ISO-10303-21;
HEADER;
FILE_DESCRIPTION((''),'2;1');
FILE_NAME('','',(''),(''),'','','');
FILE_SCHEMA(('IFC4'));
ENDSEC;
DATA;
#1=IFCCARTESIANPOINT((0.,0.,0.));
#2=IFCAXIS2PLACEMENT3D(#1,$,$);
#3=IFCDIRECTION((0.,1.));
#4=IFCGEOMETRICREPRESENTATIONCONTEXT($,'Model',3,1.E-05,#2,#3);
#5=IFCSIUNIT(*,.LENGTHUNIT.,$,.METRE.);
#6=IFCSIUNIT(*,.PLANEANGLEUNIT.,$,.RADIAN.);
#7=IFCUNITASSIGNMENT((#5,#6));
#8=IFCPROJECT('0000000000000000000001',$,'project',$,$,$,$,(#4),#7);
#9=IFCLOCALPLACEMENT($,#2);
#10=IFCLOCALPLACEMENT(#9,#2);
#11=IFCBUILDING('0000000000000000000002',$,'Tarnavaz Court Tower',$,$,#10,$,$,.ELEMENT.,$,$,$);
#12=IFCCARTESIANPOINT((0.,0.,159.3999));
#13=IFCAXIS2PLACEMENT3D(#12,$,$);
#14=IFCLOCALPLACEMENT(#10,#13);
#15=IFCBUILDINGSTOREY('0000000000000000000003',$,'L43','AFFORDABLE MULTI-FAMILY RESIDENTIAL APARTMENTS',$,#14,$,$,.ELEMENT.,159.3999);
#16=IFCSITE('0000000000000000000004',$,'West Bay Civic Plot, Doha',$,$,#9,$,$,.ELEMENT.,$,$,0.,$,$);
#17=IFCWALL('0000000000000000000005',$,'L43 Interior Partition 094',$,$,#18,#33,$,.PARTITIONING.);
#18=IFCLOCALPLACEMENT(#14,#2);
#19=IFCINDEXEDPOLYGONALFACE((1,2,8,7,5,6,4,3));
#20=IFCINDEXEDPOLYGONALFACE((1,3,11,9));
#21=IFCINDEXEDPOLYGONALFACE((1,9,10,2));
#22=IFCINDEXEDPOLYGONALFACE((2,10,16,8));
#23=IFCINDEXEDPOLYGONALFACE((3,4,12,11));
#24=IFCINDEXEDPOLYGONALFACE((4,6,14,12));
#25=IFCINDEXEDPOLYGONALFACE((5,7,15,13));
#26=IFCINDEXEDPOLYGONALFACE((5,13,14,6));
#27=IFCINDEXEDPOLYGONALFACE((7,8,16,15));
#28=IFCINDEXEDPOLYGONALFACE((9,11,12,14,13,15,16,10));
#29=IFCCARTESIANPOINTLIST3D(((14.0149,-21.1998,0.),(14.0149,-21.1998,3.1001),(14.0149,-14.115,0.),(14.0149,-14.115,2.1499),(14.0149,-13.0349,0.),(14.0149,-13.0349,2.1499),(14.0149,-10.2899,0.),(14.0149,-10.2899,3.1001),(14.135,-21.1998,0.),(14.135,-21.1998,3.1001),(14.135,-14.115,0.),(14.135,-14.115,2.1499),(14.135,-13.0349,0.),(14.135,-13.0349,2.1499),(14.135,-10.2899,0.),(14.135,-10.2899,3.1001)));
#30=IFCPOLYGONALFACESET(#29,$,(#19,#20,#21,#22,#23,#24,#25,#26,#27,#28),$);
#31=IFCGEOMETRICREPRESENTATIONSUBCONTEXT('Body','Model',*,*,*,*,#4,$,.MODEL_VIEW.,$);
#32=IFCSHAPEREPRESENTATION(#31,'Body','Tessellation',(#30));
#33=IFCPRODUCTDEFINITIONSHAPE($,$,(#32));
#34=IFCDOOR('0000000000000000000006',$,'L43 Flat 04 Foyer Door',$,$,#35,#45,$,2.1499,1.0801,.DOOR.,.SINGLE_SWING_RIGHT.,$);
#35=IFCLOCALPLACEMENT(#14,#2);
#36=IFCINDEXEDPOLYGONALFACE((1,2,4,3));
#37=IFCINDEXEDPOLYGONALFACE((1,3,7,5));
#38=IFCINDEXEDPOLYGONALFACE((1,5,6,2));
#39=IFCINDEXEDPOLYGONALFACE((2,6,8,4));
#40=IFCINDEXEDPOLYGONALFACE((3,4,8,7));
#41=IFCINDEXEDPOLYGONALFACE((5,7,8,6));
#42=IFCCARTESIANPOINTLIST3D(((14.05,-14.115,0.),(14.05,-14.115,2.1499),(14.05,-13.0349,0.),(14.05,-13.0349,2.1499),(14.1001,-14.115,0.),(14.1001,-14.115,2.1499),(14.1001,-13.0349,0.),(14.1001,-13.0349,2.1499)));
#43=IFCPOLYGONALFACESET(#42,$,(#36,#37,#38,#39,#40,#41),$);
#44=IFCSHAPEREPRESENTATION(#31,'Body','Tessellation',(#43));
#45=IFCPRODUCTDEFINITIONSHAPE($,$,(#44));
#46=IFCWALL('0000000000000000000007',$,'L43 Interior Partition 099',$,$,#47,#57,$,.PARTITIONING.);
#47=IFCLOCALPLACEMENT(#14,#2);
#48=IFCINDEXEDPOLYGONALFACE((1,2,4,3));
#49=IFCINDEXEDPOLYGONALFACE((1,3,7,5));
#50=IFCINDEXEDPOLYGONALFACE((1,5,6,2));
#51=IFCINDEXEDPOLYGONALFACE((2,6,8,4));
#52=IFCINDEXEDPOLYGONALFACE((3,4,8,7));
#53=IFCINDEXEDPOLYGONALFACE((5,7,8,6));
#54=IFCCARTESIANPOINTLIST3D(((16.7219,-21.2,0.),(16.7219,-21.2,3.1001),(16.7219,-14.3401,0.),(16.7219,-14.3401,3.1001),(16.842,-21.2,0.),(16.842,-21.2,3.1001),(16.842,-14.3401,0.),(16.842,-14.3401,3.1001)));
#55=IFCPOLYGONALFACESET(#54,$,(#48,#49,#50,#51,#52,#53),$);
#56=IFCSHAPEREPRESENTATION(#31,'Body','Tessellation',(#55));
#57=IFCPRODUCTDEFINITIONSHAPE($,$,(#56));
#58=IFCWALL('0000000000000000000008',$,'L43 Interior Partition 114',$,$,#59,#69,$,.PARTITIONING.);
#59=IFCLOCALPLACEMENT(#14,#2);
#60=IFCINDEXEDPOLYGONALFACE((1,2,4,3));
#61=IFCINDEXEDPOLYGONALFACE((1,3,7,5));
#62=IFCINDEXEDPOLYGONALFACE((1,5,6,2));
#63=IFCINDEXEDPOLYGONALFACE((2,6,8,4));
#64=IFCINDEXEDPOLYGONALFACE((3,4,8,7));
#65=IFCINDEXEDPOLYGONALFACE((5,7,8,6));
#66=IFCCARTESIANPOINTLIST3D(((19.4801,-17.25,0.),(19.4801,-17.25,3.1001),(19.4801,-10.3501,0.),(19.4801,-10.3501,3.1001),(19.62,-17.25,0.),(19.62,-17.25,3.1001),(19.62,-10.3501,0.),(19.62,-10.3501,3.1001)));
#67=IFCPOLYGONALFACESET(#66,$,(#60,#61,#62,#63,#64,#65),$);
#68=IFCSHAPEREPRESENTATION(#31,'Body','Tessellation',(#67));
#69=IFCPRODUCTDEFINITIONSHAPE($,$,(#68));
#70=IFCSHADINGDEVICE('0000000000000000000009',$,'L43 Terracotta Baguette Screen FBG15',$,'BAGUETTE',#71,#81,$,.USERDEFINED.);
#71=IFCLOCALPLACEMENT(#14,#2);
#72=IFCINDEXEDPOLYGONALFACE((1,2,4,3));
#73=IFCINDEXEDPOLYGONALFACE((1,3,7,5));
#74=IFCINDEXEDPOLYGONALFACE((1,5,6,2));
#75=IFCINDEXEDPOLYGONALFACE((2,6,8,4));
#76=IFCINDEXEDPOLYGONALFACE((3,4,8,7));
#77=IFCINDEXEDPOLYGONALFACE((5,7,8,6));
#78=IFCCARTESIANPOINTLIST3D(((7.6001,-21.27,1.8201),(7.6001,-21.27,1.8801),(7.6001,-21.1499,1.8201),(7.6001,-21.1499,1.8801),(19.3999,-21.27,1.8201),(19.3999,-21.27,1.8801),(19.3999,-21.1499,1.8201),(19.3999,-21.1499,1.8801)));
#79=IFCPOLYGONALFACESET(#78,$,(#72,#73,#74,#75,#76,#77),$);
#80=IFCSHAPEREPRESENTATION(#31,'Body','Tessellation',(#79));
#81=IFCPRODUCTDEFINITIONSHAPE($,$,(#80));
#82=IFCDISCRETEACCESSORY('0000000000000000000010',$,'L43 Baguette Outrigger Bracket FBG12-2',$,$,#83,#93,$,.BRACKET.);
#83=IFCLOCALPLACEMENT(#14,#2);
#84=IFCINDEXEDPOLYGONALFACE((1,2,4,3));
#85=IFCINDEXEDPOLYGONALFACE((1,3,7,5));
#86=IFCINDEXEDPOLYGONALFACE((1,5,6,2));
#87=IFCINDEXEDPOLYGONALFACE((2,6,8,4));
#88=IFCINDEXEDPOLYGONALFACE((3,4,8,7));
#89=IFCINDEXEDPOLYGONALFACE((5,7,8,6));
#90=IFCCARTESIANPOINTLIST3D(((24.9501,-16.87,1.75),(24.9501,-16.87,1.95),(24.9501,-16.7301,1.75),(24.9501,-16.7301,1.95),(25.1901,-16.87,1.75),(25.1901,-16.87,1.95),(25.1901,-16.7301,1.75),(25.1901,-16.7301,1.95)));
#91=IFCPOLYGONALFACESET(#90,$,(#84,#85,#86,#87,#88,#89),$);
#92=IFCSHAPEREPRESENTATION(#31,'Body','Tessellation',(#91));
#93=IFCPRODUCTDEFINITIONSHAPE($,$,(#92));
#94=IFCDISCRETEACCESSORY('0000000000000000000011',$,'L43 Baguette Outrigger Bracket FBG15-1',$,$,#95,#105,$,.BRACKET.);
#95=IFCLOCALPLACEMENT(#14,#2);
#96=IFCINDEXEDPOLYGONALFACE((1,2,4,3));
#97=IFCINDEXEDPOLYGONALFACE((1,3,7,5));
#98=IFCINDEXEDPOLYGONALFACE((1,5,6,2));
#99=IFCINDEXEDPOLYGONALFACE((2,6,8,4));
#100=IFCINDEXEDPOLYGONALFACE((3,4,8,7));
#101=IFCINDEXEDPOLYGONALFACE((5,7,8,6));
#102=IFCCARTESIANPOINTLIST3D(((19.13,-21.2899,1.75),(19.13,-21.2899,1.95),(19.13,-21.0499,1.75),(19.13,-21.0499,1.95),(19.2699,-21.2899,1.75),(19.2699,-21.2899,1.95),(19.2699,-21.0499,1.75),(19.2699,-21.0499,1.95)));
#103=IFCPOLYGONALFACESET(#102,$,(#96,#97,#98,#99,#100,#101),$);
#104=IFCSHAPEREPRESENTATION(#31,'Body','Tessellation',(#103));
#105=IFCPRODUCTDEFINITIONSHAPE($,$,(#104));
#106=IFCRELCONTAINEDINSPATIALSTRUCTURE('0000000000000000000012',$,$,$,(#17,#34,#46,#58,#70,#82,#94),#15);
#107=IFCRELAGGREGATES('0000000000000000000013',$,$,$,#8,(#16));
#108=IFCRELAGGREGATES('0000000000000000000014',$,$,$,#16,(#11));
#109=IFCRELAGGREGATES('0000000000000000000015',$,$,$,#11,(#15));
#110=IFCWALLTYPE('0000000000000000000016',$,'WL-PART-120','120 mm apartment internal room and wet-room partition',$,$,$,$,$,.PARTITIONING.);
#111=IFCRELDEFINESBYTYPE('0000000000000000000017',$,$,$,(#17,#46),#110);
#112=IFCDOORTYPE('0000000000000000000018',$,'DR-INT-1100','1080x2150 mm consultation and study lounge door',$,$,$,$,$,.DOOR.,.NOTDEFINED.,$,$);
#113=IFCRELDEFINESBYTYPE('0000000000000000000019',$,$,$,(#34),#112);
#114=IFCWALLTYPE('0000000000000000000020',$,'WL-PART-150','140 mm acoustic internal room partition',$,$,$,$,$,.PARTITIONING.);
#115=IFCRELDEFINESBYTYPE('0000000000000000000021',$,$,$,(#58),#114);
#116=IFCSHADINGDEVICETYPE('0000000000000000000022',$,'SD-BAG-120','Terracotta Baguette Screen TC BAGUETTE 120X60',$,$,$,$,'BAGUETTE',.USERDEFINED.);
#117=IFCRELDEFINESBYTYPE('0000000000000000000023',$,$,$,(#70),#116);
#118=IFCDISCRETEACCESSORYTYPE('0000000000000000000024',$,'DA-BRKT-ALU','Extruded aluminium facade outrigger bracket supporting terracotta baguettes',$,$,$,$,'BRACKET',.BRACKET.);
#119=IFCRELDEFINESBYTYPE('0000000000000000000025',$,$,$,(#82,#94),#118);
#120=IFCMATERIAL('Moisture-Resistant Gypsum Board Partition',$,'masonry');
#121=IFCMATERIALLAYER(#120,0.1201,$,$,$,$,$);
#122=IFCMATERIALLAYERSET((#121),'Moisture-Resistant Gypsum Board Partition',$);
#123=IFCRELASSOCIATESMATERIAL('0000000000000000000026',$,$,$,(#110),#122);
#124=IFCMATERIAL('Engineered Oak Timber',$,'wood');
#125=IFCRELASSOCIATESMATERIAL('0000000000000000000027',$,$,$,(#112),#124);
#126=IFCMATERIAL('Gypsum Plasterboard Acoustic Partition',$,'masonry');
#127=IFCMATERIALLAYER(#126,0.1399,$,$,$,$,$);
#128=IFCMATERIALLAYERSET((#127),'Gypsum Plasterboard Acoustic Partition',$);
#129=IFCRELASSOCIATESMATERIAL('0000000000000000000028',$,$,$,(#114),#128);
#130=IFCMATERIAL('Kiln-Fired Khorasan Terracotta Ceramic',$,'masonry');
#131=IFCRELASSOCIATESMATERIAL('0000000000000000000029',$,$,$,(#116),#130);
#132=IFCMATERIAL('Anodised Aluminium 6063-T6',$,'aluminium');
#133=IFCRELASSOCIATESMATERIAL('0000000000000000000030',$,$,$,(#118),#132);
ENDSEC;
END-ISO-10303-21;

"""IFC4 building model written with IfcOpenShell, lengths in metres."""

from ifc_helpers import new_model, si_unit, direction, frame, frame_2d, origin, origin_2d, place, context, subcontext, project, spatial, rectangle, extrude, material, layer, layer_set, material_profile, profile_set, type_object, element, fill, save


model = new_model("IFC4")

# Units and contexts
model_context = context("Model", 3, precision=1e-05, world=origin(), true_north=direction((0.0, 1.0)))
body_context = subcontext(model_context, "Body", "Model", "MODEL_VIEW")
ifc_project = project(units=[si_unit("LENGTHUNIT", "METRE"), si_unit("PLANEANGLEUNIT", "RADIAN")], contexts=[model_context])

# Site, building, storey
site_placement = place(None, origin())
site = spatial("IfcSite", under=ifc_project, at=site_placement, Name="West Bay Civic Plot, Doha", CompositionType="ELEMENT", RefElevation=0.0)
building_placement = place(site_placement, origin())
building = spatial("IfcBuilding", under=site, at=building_placement, Name="Tarnavaz Court Tower", CompositionType="ELEMENT")
storey_placement = place(building_placement, frame((0.0, 0.0, 159.3999)))
storey = spatial("IfcBuildingStorey", under=building, at=storey_placement, Name="L43", Description="AFFORDABLE MULTI-FAMILY RESIDENTIAL APARTMENTS", CompositionType="ELEMENT", Elevation=159.3999)

# Wall, opening, door
ifc_material_1 = material(Name="Moisture-Resistant Gypsum Board Partition", Category="masonry")
ifc_layer_1 = layer(ifc_material_1, 0.1201)
ifc_layer_set_1 = layer_set([ifc_layer_1], Name="Moisture-Resistant Gypsum Board Partition")
wall_type_1 = type_object("IfcWallType", Name="WL-PART-120", Description="120 mm apartment internal room and wet-room partition", PredefinedType="PARTITIONING", material=ifc_layer_set_1)
wall_1_placement = place(storey_placement, frame((14.075, -21.2, 0.0), z_axis=(0.0, 0.0, 1.0), x_axis=(0.0, 1.0, 0.0)))
wall_1 = element("IfcWall", 1, at=wall_1_placement, inside=storey, type_object=wall_type_1, Name="L43 Interior Partition 094", PredefinedType="PARTITIONING", context=body_context, shape_type="SweptSolid", body=[
    extrude(rectangle(XDim=10.9099, YDim=0.1201, at=frame_2d((5.4551, 0.0))), origin(), (0.0, 0.0, 1.0), 3.1001),
])
opening_1_placement = place(wall_1_placement, frame((7.085, 0.0, 0.0)))
opening_1 = element("IfcOpeningElement", 2, at=opening_1_placement, cuts=wall_1, PredefinedType="OPENING", context=body_context, shape_type="SweptSolid", body=[
    extrude(rectangle(XDim=1.0801, YDim=2.1499, at=frame_2d((0.54, 1.075))), frame((0.0, 0.0701, 0.0), z_axis=(0.0, -1.0, 0.0), x_axis=(1.0, 0.0, 0.0)), (0.0, 0.0, 1.0), 0.1401),
])
ifc_material_2 = material(Name="Engineered Oak Timber", Category="wood")
door_type = type_object("IfcDoorType", Name="DR-INT-1100", Description="1080x2150 mm consultation and study lounge door", OperationType="NOTDEFINED", PredefinedType="DOOR", material=ifc_material_2)
door_placement = place(opening_1_placement, origin())
door = element("IfcDoor", 3, at=door_placement, inside=storey, type_object=door_type, Name="L43 Flat 04 Foyer Door", OperationType="SINGLE_SWING_RIGHT", OverallHeight=2.1499, OverallWidth=1.0801, PredefinedType="DOOR", context=body_context, shape_type="SweptSolid", body=[
    extrude(rectangle(XDim=1.0801, YDim=2.1499, at=frame_2d((0.54, 1.075))), frame((0.0, 0.0249, 0.0), z_axis=(0.0, -1.0, 0.0), x_axis=(1.0, 0.0, 0.0)), (0.0, 0.0, 1.0), 0.05),
])
fill(opening_1, door)

# Walls
wall_2_placement = place(storey_placement, frame((16.782, -21.2, 0.0), z_axis=(0.0, 0.0, 1.0), x_axis=(0.0, 1.0, 0.0)))
element("IfcWall", 4, at=wall_2_placement, inside=storey, type_object=wall_type_1, Name="L43 Interior Partition 099", PredefinedType="PARTITIONING", context=body_context, shape_type="SweptSolid", body=[
    extrude(rectangle(XDim=6.8599, YDim=0.1201, at=frame_2d((3.4299, 0.0))), origin(), (0.0, 0.0, 1.0), 3.1001),
])
ifc_material_3 = material(Name="Gypsum Plasterboard Acoustic Partition", Category="masonry")
ifc_layer_2 = layer(ifc_material_3, 0.1399)
ifc_layer_set_2 = layer_set([ifc_layer_2], Name="Gypsum Plasterboard Acoustic Partition")
wall_type_2 = type_object("IfcWallType", Name="WL-PART-150", Description="140 mm acoustic internal room partition", PredefinedType="PARTITIONING", material=ifc_layer_set_2)
wall_3_placement = place(storey_placement, frame((19.55, -17.25, 0.0), z_axis=(0.0, 0.0, 1.0), x_axis=(0.0, 1.0, 0.0)))
element("IfcWall", 5, at=wall_3_placement, inside=storey, type_object=wall_type_2, Name="L43 Interior Partition 114", PredefinedType="PARTITIONING", context=body_context, shape_type="SweptSolid", body=[
    extrude(rectangle(XDim=6.8999, YDim=0.1399, at=frame_2d((3.45, 0.0))), origin(), (0.0, 0.0, 1.0), 3.1001),
])

# Shading device
ifc_material_4 = material(Name="Kiln-Fired Khorasan Terracotta Ceramic", Category="masonry")
ifc_material_profile_1 = material_profile(ifc_material_4, rectangle(XDim=0.1201, YDim=0.0601, at=origin_2d()), Name="TC BAGUETTE 120X60")
ifc_profile_set_1 = profile_set([ifc_material_profile_1], Name="Kiln-Fired Khorasan Terracotta Ceramic")
shading_device_type = type_object("IfcShadingDeviceType", Name="SD-BAG-120", Description="Terracotta Baguette Screen TC BAGUETTE 120X60", ElementType="BAGUETTE", PredefinedType="USERDEFINED", material=ifc_profile_set_1)
shading_device_placement = place(storey_placement, frame((19.3999, -21.21, 1.8501), z_axis=(-1.0, 0.0, 0.0), x_axis=(0.0, -1.0, 0.0)))
element("IfcShadingDevice", 6, at=shading_device_placement, inside=storey, type_object=shading_device_type, Name="L43 Terracotta Baguette Screen FBG15", ObjectType="BAGUETTE", PredefinedType="USERDEFINED", context=body_context, shape_type="SweptSolid", body=[
    extrude(rectangle(XDim=0.1201, YDim=0.0601, at=origin_2d()), origin(), (0.0, 0.0, 1.0), 11.7998),
])

# Discrete accessories
ifc_material_5 = material(Name="Anodised Aluminium 6063-T6", Category="aluminium")
discrete_accessory_type = type_object("IfcDiscreteAccessoryType", Name="DA-BRKT-ALU", Description="Extruded aluminium facade outrigger bracket supporting terracotta baguettes", ElementType="BRACKET", PredefinedType="BRACKET", material=ifc_material_5)
for number, where, z_axis, x_axis, name in (
    (7, (25.0701, -16.8, 1.75), (0.0, 0.0, 1.0), (0.0, -1.0, 0.0), "L43 Baguette Outrigger Bracket FBG12-2"),
    (8, (19.2, -21.1699, 1.75), (0.0, 0.0, 1.0), (-1.0, 0.0, 0.0), "L43 Baguette Outrigger Bracket FBG15-1"),
):
    element("IfcDiscreteAccessory", number, at=place(storey_placement, frame(where, z_axis=z_axis, x_axis=x_axis)), inside=storey, type_object=discrete_accessory_type, Name=name, PredefinedType="BRACKET", context=body_context, shape_type="SweptSolid", body=[
        extrude(rectangle(XDim=0.1399, YDim=0.24, at=origin_2d()), origin(), (0.0, 0.0, 1.0), 0.2),
    ])

save(model, "model.ifc")
